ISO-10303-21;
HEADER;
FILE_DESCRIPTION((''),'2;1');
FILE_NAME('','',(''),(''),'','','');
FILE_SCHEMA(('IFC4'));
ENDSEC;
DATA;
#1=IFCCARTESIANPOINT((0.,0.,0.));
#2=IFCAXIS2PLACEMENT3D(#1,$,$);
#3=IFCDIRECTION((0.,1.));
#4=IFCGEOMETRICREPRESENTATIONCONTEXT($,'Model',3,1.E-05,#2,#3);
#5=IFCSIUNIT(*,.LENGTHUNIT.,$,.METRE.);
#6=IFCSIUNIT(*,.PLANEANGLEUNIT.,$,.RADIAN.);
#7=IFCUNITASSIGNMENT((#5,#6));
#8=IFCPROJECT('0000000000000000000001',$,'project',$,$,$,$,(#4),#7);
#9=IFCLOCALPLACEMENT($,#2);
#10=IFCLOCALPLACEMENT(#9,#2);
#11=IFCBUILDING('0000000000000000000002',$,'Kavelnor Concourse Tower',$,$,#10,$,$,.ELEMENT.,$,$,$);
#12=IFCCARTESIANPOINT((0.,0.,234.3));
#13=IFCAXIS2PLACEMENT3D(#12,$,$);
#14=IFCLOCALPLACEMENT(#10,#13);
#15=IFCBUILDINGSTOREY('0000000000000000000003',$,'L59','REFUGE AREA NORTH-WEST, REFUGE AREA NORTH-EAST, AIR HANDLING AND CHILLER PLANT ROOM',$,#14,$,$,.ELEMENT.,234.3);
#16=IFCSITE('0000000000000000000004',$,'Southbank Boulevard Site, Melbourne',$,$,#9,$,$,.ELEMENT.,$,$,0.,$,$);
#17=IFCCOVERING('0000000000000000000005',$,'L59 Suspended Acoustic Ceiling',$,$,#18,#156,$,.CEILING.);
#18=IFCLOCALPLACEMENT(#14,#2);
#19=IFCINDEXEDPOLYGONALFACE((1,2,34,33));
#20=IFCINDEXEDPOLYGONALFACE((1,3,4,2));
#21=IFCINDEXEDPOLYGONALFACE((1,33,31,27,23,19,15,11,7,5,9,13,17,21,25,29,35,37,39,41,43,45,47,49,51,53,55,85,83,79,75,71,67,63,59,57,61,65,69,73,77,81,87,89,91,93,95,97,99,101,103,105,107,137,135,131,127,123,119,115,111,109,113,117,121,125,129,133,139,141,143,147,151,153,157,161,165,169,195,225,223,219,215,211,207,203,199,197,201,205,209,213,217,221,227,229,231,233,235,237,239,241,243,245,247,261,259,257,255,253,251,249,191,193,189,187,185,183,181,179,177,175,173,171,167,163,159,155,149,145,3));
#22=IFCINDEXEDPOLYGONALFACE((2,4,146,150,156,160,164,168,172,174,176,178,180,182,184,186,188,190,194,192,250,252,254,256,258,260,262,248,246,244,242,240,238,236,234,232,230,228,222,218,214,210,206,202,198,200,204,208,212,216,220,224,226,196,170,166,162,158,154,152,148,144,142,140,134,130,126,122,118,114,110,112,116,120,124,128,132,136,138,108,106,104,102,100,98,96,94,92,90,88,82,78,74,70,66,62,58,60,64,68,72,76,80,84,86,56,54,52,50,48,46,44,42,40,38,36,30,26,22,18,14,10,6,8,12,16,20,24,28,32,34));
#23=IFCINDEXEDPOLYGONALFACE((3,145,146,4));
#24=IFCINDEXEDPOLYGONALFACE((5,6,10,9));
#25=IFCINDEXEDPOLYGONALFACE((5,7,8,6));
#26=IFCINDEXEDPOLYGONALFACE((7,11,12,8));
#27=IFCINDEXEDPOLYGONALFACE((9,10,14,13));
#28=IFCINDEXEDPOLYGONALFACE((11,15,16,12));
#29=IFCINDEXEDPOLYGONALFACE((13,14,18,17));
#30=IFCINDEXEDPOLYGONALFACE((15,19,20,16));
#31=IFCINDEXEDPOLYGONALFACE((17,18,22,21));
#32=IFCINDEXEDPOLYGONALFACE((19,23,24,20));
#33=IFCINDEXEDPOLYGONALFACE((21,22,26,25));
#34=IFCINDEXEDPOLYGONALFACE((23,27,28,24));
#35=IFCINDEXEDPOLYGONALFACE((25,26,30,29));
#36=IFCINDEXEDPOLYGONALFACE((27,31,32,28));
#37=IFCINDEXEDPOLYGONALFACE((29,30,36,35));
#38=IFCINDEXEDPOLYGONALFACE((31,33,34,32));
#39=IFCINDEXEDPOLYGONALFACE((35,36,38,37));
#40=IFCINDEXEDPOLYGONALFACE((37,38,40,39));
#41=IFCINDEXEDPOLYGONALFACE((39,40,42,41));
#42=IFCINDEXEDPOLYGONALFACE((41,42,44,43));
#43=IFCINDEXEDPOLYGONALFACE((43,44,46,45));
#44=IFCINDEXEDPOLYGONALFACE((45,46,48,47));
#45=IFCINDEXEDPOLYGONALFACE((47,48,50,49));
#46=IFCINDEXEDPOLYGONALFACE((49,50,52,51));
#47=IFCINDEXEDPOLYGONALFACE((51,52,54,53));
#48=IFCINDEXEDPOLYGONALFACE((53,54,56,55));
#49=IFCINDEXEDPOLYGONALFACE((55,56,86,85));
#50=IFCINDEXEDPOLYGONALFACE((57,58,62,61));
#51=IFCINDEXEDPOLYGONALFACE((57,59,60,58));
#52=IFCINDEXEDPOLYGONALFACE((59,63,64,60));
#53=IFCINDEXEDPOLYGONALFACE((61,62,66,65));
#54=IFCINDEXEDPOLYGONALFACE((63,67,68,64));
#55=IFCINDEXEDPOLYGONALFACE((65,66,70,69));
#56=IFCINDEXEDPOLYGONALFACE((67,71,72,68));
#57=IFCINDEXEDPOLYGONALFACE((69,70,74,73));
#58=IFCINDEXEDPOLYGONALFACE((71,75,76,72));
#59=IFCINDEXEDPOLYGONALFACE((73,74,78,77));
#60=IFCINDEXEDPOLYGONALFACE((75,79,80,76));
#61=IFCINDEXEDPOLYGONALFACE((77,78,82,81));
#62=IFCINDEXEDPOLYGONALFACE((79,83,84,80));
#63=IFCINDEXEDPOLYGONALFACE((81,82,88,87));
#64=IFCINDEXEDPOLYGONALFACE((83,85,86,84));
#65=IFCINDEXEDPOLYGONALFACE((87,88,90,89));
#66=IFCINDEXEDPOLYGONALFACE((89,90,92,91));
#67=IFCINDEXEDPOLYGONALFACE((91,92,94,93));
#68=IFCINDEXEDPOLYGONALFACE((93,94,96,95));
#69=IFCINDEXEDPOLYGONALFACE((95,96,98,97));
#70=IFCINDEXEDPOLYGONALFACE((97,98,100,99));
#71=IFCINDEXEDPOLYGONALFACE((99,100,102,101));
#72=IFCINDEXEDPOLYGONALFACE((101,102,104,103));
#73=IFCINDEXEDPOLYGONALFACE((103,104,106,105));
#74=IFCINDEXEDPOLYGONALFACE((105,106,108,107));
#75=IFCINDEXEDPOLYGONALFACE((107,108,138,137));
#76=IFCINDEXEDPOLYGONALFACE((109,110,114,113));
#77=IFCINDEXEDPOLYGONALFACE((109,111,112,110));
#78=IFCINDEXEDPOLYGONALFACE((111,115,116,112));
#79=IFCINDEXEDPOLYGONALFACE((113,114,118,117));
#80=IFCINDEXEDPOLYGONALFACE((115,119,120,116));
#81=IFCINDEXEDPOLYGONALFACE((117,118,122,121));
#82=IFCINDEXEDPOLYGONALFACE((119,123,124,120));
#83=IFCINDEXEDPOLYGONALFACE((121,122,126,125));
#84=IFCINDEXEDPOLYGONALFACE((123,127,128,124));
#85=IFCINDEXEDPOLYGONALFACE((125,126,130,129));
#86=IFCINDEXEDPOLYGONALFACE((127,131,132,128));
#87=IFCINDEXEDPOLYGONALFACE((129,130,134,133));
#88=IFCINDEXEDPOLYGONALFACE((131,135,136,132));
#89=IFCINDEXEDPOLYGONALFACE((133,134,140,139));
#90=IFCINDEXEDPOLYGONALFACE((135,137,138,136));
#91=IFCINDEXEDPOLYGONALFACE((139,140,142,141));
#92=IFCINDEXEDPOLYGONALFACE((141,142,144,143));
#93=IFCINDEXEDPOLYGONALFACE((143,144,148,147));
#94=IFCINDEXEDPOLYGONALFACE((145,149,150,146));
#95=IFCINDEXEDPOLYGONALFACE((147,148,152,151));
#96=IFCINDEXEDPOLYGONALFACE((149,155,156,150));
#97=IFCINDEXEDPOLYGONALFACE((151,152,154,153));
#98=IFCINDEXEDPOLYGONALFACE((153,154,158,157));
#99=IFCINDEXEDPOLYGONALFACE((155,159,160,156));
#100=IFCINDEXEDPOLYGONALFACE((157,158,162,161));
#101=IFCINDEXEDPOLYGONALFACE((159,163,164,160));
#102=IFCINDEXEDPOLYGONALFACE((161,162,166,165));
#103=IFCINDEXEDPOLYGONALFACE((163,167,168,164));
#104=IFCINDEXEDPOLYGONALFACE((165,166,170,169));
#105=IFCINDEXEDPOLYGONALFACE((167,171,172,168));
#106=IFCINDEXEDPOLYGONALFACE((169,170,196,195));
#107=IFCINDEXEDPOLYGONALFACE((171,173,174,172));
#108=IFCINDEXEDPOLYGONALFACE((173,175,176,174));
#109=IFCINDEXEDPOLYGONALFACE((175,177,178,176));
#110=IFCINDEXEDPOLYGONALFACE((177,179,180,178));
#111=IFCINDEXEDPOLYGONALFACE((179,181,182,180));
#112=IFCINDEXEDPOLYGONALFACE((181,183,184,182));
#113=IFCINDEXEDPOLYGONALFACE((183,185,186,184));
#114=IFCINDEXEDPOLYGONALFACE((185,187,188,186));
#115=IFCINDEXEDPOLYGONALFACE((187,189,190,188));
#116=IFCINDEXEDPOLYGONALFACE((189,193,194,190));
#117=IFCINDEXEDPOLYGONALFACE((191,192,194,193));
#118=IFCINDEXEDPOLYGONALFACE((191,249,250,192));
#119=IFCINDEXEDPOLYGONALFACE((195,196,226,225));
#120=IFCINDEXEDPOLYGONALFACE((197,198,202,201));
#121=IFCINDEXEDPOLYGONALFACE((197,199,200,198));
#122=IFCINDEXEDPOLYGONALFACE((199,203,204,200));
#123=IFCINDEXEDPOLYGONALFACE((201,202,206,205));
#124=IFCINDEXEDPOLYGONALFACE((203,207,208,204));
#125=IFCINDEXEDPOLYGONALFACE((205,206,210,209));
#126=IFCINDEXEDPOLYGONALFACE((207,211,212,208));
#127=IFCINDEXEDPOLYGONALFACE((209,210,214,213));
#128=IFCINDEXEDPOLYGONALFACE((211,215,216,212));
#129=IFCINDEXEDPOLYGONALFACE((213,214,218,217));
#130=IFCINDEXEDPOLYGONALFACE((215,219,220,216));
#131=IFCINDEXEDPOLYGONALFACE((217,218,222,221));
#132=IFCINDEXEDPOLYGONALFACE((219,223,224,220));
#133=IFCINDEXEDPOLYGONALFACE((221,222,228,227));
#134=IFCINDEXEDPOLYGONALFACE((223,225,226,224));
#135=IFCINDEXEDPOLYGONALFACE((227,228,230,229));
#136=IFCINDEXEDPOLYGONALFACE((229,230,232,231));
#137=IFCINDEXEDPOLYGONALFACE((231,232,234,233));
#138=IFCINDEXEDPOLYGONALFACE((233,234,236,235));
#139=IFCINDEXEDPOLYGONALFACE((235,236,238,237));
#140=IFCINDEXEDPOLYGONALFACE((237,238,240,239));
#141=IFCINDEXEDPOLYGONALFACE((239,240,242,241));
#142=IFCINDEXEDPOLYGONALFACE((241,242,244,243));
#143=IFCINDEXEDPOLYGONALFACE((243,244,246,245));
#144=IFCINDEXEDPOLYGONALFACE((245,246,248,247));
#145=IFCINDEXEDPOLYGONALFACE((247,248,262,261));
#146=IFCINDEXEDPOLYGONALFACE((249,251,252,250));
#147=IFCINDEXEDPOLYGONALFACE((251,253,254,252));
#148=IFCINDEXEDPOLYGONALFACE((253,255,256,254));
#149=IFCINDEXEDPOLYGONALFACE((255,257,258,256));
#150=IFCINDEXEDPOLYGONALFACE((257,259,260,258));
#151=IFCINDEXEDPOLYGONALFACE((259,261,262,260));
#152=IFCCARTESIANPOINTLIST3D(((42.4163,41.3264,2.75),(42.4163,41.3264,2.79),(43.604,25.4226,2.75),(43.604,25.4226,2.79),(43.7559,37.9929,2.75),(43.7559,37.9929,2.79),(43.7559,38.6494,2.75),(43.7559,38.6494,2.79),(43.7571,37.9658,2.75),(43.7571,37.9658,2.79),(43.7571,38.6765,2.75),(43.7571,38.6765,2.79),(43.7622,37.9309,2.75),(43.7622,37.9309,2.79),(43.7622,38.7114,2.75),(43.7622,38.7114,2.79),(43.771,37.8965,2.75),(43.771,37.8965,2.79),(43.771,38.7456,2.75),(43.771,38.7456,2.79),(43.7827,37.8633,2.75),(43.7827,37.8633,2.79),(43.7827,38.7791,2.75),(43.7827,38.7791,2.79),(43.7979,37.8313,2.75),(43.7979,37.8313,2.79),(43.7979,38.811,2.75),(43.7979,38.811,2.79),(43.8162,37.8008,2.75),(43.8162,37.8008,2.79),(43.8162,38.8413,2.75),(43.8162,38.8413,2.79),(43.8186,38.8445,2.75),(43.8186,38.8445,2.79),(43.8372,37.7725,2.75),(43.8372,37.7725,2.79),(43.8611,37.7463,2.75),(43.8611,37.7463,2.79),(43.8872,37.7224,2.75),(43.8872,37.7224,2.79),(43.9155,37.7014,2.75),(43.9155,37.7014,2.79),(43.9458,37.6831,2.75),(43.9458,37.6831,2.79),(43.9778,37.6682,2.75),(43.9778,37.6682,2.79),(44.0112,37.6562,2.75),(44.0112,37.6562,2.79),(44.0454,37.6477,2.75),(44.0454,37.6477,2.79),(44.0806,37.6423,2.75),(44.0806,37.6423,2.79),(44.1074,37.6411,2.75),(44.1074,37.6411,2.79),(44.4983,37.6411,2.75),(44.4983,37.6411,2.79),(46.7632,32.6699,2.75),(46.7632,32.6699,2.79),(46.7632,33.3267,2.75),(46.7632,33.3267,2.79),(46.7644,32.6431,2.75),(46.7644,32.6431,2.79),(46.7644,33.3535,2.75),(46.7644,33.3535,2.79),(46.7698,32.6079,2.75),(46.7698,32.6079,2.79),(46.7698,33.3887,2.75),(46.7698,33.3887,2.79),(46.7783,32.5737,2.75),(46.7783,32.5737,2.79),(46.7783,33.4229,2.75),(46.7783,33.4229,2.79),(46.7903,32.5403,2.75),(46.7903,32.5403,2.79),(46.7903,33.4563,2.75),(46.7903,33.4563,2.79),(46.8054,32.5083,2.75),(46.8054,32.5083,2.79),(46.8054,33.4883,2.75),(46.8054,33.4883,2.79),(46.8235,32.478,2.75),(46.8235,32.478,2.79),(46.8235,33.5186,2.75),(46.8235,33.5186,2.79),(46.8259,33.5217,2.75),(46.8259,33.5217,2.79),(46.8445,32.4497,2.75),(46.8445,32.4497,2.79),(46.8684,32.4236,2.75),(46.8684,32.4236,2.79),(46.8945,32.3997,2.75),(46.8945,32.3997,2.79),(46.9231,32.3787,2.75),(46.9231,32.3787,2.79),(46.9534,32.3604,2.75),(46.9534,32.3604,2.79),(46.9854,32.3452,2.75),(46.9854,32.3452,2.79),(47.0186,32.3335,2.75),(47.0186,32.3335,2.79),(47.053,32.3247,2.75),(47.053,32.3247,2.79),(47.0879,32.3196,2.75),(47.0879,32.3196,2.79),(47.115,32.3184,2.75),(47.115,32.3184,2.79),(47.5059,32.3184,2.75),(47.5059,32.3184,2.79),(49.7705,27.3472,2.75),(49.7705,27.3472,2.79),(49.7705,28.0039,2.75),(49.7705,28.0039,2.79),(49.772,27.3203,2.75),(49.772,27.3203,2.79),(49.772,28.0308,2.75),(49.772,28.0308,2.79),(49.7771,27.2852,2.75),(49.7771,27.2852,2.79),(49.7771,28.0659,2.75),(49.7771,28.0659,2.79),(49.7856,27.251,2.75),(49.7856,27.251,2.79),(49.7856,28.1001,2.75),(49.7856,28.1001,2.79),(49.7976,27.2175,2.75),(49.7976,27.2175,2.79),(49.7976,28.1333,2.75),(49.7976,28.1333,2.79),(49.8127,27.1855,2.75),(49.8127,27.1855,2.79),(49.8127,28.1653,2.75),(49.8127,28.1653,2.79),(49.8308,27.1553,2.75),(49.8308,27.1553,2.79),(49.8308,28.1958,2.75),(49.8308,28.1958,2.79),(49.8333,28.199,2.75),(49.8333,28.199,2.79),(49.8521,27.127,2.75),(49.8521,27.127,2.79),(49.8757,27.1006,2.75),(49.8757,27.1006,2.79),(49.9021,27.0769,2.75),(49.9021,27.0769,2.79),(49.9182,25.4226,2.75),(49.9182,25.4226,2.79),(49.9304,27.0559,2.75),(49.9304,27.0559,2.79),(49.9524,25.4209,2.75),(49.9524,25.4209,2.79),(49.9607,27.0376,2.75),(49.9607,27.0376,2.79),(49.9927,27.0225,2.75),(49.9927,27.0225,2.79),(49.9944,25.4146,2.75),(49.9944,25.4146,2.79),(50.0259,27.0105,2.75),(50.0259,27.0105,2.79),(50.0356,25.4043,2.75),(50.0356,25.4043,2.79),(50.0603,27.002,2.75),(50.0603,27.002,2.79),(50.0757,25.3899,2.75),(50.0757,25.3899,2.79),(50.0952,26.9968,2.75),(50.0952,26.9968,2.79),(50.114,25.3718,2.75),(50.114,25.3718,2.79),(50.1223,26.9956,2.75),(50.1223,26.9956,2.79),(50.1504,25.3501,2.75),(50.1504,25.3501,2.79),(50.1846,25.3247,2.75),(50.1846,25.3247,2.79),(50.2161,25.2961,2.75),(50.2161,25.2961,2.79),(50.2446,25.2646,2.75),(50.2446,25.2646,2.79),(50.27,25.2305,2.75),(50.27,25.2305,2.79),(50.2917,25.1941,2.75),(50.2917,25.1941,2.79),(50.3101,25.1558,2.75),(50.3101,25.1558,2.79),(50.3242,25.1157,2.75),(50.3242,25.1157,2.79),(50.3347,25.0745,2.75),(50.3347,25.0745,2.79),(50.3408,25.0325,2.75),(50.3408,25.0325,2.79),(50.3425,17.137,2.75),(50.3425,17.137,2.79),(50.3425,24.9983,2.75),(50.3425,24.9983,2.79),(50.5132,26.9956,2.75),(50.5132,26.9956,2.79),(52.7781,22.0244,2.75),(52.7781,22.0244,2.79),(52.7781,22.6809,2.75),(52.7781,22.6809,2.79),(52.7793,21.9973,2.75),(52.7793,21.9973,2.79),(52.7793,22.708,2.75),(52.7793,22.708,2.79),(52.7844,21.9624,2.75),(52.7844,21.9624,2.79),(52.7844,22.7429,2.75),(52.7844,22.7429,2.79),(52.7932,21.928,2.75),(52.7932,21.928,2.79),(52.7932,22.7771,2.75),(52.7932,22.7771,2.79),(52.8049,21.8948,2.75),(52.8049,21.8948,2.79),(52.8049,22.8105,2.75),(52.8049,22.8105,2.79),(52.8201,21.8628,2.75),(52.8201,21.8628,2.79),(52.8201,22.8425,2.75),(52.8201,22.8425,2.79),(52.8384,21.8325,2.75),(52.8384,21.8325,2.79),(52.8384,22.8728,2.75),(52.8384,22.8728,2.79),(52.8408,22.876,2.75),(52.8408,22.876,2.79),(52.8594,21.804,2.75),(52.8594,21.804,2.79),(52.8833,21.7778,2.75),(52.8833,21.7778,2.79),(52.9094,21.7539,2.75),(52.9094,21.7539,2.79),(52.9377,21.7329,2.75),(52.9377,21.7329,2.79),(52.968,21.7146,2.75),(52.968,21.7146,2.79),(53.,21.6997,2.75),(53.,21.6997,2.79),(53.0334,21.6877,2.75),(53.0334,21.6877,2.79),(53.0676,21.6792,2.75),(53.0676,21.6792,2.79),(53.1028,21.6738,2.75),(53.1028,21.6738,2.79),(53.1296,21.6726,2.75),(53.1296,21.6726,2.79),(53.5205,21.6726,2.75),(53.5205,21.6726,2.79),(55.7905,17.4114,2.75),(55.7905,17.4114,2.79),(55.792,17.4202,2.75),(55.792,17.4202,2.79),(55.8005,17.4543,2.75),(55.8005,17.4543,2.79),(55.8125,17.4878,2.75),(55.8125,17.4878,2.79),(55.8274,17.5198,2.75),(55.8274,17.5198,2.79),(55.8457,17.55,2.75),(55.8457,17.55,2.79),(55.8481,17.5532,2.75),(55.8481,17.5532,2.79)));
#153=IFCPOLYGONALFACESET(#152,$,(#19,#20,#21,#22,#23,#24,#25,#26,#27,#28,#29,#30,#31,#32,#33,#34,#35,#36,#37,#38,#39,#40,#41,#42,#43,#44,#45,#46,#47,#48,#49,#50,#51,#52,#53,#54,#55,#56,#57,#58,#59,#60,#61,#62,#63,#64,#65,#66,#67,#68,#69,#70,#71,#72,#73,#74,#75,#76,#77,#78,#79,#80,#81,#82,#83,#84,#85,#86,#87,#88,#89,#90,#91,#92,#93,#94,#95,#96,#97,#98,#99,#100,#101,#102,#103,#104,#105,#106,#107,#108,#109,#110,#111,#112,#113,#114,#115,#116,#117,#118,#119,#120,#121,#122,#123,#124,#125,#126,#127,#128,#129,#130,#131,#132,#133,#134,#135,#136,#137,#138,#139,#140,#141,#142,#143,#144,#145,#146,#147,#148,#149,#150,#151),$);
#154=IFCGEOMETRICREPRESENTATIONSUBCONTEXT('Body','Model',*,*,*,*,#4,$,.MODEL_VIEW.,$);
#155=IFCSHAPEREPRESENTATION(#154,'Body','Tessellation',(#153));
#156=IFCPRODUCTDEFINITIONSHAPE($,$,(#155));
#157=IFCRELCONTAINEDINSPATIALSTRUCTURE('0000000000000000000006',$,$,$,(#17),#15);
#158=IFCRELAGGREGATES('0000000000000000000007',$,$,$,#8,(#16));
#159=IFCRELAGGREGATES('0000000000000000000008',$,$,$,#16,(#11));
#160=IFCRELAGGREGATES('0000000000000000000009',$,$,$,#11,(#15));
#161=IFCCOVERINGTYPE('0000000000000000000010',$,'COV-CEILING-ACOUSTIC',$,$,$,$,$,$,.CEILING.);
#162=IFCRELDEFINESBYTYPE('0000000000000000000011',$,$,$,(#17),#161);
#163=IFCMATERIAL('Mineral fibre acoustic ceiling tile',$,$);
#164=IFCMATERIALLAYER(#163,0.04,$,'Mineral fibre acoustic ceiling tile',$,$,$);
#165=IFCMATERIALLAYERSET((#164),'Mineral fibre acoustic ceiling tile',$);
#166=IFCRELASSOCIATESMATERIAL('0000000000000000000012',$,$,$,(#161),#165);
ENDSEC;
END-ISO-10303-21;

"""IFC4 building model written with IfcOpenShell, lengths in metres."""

from ifc_helpers import new_model, si_unit, direction, frame, origin, place, context, subcontext, project, spatial, polyline, outline, extrude, material, layer, layer_set, type_object, element, save


model = new_model("IFC4")

# Units and contexts
model_context = context("Model", 3, precision=1e-05, world=origin(), true_north=direction((0.0, 1.0)))
body_context = subcontext(model_context, "Body", "Model", "MODEL_VIEW")
ifc_project = project(units=[si_unit("LENGTHUNIT", "METRE"), si_unit("PLANEANGLEUNIT", "RADIAN")], contexts=[model_context])

# Site, building, storey
site_placement = place(None, origin())
site = spatial("IfcSite", under=ifc_project, at=site_placement, Name="Southbank Boulevard Site, Melbourne", CompositionType="ELEMENT", RefElevation=0.0)
building_placement = place(site_placement, origin())
building = spatial("IfcBuilding", under=site, at=building_placement, Name="Kavelnor Concourse Tower", CompositionType="ELEMENT")
storey_placement = place(building_placement, frame((0.0, 0.0, 234.3)))
storey = spatial("IfcBuildingStorey", under=building, at=storey_placement, Name="L59", Description="REFUGE AREA NORTH-WEST, REFUGE AREA NORTH-EAST, AIR HANDLING AND CHILLER PLANT ROOM", CompositionType="ELEMENT", Elevation=234.3)

# Covering
ifc_material_1 = material(Name="Mineral fibre acoustic ceiling tile")
ifc_layer_1 = layer(ifc_material_1, 0.04, Name="Mineral fibre acoustic ceiling tile")
ifc_layer_set_1 = layer_set([ifc_layer_1], Name="Mineral fibre acoustic ceiling tile")
covering_type_1 = type_object("IfcCoveringType", Name="COV-CEILING-ACOUSTIC", PredefinedType="CEILING", material=ifc_layer_set_1)
covering_1_placement = place(storey_placement, frame((0.0, 0.0, 2.75)))
element("IfcCovering", 1, at=covering_1_placement, inside=storey, type_object=covering_type_1, Name="L59 Suspended Acoustic Ceiling", PredefinedType="CEILING", context=body_context, shape_type="SweptSolid", body=[
    extrude(outline(polyline([(42.4163, 41.3264), (43.8186, 38.8445), (43.8162, 38.8413), (43.7979, 38.811), (43.7827, 38.7791), (43.771, 38.7456), (43.7622, 38.7114), (43.7571, 38.6765), (43.7559, 38.6494), (43.7559, 37.9929), (43.7571, 37.9658), (43.7622, 37.9309), (43.771, 37.8965), (43.7827, 37.8633), (43.7979, 37.8313), (43.8162, 37.8008), (43.8372, 37.7725), (43.8611, 37.7463), (43.8872, 37.7224), (43.9155, 37.7014), (43.9458, 37.6831), (43.9778, 37.6682), (44.0112, 37.6562), (44.0454, 37.6477), (44.0806, 37.6423), (44.1074, 37.6411), (44.4983, 37.6411), (46.8259, 33.5217), (46.8235, 33.5186), (46.8054, 33.4883), (46.7903, 33.4563), (46.7783, 33.4229), (46.7698, 33.3887), (46.7644, 33.3535), (46.7632, 33.3267), (46.7632, 32.6699), (46.7644, 32.6431), (46.7698, 32.6079), (46.7783, 32.5737), (46.7903, 32.5403), (46.8054, 32.5083), (46.8235, 32.478), (46.8445, 32.4497), (46.8684, 32.4236), (46.8945, 32.3997), (46.9231, 32.3787), (46.9534, 32.3604), (46.9854, 32.3452), (47.0186, 32.3335), (47.053, 32.3247), (47.0879, 32.3196), (47.115, 32.3184), (47.5059, 32.3184), (49.8333, 28.199), (49.8308, 28.1958), (49.8127, 28.1653), (49.7976, 28.1333), (49.7856, 28.1001), (49.7771, 28.0659), (49.772, 28.0308), (49.7705, 28.0039), (49.7705, 27.3472), (49.772, 27.3203), (49.7771, 27.2852), (49.7856, 27.251), (49.7976, 27.2175), (49.8127, 27.1855), (49.8308, 27.1553), (49.8521, 27.127), (49.8757, 27.1006), (49.9021, 27.0769), (49.9304, 27.0559), (49.9607, 27.0376), (49.9927, 27.0225), (50.0259, 27.0105), (50.0603, 27.002), (50.0952, 26.9968), (50.1223, 26.9956), (50.5132, 26.9956), (52.8408, 22.876), (52.8384, 22.8728), (52.8201, 22.8425), (52.8049, 22.8105), (52.7932, 22.7771), (52.7844, 22.7429), (52.7793, 22.708), (52.7781, 22.6809), (52.7781, 22.0244), (52.7793, 21.9973), (52.7844, 21.9624), (52.7932, 21.928), (52.8049, 21.8948), (52.8201, 21.8628), (52.8384, 21.8325), (52.8594, 21.804), (52.8833, 21.7778), (52.9094, 21.7539), (52.9377, 21.7329), (52.968, 21.7146), (53.0, 21.6997), (53.0334, 21.6877), (53.0676, 21.6792), (53.1028, 21.6738), (53.1296, 21.6726), (53.5205, 21.6726), (55.8481, 17.5532), (55.8457, 17.55), (55.8274, 17.5198), (55.8125, 17.4878), (55.8005, 17.4543), (55.792, 17.4202), (55.7905, 17.4114), (50.3425, 17.137), (50.3425, 24.9983), (50.3408, 25.0325), (50.3347, 25.0745), (50.3242, 25.1157), (50.3101, 25.1558), (50.2917, 25.1941), (50.27, 25.2305), (50.2446, 25.2646), (50.2161, 25.2961), (50.1846, 25.3247), (50.1504, 25.3501), (50.114, 25.3718), (50.0757, 25.3899), (50.0356, 25.4043), (49.9944, 25.4146), (49.9524, 25.4209), (49.9182, 25.4226), (43.604, 25.4226), (42.4163, 41.3264)])), origin(), (0.0, 0.0, 1.0), 0.04),
])

save(model, "model.ifc")
